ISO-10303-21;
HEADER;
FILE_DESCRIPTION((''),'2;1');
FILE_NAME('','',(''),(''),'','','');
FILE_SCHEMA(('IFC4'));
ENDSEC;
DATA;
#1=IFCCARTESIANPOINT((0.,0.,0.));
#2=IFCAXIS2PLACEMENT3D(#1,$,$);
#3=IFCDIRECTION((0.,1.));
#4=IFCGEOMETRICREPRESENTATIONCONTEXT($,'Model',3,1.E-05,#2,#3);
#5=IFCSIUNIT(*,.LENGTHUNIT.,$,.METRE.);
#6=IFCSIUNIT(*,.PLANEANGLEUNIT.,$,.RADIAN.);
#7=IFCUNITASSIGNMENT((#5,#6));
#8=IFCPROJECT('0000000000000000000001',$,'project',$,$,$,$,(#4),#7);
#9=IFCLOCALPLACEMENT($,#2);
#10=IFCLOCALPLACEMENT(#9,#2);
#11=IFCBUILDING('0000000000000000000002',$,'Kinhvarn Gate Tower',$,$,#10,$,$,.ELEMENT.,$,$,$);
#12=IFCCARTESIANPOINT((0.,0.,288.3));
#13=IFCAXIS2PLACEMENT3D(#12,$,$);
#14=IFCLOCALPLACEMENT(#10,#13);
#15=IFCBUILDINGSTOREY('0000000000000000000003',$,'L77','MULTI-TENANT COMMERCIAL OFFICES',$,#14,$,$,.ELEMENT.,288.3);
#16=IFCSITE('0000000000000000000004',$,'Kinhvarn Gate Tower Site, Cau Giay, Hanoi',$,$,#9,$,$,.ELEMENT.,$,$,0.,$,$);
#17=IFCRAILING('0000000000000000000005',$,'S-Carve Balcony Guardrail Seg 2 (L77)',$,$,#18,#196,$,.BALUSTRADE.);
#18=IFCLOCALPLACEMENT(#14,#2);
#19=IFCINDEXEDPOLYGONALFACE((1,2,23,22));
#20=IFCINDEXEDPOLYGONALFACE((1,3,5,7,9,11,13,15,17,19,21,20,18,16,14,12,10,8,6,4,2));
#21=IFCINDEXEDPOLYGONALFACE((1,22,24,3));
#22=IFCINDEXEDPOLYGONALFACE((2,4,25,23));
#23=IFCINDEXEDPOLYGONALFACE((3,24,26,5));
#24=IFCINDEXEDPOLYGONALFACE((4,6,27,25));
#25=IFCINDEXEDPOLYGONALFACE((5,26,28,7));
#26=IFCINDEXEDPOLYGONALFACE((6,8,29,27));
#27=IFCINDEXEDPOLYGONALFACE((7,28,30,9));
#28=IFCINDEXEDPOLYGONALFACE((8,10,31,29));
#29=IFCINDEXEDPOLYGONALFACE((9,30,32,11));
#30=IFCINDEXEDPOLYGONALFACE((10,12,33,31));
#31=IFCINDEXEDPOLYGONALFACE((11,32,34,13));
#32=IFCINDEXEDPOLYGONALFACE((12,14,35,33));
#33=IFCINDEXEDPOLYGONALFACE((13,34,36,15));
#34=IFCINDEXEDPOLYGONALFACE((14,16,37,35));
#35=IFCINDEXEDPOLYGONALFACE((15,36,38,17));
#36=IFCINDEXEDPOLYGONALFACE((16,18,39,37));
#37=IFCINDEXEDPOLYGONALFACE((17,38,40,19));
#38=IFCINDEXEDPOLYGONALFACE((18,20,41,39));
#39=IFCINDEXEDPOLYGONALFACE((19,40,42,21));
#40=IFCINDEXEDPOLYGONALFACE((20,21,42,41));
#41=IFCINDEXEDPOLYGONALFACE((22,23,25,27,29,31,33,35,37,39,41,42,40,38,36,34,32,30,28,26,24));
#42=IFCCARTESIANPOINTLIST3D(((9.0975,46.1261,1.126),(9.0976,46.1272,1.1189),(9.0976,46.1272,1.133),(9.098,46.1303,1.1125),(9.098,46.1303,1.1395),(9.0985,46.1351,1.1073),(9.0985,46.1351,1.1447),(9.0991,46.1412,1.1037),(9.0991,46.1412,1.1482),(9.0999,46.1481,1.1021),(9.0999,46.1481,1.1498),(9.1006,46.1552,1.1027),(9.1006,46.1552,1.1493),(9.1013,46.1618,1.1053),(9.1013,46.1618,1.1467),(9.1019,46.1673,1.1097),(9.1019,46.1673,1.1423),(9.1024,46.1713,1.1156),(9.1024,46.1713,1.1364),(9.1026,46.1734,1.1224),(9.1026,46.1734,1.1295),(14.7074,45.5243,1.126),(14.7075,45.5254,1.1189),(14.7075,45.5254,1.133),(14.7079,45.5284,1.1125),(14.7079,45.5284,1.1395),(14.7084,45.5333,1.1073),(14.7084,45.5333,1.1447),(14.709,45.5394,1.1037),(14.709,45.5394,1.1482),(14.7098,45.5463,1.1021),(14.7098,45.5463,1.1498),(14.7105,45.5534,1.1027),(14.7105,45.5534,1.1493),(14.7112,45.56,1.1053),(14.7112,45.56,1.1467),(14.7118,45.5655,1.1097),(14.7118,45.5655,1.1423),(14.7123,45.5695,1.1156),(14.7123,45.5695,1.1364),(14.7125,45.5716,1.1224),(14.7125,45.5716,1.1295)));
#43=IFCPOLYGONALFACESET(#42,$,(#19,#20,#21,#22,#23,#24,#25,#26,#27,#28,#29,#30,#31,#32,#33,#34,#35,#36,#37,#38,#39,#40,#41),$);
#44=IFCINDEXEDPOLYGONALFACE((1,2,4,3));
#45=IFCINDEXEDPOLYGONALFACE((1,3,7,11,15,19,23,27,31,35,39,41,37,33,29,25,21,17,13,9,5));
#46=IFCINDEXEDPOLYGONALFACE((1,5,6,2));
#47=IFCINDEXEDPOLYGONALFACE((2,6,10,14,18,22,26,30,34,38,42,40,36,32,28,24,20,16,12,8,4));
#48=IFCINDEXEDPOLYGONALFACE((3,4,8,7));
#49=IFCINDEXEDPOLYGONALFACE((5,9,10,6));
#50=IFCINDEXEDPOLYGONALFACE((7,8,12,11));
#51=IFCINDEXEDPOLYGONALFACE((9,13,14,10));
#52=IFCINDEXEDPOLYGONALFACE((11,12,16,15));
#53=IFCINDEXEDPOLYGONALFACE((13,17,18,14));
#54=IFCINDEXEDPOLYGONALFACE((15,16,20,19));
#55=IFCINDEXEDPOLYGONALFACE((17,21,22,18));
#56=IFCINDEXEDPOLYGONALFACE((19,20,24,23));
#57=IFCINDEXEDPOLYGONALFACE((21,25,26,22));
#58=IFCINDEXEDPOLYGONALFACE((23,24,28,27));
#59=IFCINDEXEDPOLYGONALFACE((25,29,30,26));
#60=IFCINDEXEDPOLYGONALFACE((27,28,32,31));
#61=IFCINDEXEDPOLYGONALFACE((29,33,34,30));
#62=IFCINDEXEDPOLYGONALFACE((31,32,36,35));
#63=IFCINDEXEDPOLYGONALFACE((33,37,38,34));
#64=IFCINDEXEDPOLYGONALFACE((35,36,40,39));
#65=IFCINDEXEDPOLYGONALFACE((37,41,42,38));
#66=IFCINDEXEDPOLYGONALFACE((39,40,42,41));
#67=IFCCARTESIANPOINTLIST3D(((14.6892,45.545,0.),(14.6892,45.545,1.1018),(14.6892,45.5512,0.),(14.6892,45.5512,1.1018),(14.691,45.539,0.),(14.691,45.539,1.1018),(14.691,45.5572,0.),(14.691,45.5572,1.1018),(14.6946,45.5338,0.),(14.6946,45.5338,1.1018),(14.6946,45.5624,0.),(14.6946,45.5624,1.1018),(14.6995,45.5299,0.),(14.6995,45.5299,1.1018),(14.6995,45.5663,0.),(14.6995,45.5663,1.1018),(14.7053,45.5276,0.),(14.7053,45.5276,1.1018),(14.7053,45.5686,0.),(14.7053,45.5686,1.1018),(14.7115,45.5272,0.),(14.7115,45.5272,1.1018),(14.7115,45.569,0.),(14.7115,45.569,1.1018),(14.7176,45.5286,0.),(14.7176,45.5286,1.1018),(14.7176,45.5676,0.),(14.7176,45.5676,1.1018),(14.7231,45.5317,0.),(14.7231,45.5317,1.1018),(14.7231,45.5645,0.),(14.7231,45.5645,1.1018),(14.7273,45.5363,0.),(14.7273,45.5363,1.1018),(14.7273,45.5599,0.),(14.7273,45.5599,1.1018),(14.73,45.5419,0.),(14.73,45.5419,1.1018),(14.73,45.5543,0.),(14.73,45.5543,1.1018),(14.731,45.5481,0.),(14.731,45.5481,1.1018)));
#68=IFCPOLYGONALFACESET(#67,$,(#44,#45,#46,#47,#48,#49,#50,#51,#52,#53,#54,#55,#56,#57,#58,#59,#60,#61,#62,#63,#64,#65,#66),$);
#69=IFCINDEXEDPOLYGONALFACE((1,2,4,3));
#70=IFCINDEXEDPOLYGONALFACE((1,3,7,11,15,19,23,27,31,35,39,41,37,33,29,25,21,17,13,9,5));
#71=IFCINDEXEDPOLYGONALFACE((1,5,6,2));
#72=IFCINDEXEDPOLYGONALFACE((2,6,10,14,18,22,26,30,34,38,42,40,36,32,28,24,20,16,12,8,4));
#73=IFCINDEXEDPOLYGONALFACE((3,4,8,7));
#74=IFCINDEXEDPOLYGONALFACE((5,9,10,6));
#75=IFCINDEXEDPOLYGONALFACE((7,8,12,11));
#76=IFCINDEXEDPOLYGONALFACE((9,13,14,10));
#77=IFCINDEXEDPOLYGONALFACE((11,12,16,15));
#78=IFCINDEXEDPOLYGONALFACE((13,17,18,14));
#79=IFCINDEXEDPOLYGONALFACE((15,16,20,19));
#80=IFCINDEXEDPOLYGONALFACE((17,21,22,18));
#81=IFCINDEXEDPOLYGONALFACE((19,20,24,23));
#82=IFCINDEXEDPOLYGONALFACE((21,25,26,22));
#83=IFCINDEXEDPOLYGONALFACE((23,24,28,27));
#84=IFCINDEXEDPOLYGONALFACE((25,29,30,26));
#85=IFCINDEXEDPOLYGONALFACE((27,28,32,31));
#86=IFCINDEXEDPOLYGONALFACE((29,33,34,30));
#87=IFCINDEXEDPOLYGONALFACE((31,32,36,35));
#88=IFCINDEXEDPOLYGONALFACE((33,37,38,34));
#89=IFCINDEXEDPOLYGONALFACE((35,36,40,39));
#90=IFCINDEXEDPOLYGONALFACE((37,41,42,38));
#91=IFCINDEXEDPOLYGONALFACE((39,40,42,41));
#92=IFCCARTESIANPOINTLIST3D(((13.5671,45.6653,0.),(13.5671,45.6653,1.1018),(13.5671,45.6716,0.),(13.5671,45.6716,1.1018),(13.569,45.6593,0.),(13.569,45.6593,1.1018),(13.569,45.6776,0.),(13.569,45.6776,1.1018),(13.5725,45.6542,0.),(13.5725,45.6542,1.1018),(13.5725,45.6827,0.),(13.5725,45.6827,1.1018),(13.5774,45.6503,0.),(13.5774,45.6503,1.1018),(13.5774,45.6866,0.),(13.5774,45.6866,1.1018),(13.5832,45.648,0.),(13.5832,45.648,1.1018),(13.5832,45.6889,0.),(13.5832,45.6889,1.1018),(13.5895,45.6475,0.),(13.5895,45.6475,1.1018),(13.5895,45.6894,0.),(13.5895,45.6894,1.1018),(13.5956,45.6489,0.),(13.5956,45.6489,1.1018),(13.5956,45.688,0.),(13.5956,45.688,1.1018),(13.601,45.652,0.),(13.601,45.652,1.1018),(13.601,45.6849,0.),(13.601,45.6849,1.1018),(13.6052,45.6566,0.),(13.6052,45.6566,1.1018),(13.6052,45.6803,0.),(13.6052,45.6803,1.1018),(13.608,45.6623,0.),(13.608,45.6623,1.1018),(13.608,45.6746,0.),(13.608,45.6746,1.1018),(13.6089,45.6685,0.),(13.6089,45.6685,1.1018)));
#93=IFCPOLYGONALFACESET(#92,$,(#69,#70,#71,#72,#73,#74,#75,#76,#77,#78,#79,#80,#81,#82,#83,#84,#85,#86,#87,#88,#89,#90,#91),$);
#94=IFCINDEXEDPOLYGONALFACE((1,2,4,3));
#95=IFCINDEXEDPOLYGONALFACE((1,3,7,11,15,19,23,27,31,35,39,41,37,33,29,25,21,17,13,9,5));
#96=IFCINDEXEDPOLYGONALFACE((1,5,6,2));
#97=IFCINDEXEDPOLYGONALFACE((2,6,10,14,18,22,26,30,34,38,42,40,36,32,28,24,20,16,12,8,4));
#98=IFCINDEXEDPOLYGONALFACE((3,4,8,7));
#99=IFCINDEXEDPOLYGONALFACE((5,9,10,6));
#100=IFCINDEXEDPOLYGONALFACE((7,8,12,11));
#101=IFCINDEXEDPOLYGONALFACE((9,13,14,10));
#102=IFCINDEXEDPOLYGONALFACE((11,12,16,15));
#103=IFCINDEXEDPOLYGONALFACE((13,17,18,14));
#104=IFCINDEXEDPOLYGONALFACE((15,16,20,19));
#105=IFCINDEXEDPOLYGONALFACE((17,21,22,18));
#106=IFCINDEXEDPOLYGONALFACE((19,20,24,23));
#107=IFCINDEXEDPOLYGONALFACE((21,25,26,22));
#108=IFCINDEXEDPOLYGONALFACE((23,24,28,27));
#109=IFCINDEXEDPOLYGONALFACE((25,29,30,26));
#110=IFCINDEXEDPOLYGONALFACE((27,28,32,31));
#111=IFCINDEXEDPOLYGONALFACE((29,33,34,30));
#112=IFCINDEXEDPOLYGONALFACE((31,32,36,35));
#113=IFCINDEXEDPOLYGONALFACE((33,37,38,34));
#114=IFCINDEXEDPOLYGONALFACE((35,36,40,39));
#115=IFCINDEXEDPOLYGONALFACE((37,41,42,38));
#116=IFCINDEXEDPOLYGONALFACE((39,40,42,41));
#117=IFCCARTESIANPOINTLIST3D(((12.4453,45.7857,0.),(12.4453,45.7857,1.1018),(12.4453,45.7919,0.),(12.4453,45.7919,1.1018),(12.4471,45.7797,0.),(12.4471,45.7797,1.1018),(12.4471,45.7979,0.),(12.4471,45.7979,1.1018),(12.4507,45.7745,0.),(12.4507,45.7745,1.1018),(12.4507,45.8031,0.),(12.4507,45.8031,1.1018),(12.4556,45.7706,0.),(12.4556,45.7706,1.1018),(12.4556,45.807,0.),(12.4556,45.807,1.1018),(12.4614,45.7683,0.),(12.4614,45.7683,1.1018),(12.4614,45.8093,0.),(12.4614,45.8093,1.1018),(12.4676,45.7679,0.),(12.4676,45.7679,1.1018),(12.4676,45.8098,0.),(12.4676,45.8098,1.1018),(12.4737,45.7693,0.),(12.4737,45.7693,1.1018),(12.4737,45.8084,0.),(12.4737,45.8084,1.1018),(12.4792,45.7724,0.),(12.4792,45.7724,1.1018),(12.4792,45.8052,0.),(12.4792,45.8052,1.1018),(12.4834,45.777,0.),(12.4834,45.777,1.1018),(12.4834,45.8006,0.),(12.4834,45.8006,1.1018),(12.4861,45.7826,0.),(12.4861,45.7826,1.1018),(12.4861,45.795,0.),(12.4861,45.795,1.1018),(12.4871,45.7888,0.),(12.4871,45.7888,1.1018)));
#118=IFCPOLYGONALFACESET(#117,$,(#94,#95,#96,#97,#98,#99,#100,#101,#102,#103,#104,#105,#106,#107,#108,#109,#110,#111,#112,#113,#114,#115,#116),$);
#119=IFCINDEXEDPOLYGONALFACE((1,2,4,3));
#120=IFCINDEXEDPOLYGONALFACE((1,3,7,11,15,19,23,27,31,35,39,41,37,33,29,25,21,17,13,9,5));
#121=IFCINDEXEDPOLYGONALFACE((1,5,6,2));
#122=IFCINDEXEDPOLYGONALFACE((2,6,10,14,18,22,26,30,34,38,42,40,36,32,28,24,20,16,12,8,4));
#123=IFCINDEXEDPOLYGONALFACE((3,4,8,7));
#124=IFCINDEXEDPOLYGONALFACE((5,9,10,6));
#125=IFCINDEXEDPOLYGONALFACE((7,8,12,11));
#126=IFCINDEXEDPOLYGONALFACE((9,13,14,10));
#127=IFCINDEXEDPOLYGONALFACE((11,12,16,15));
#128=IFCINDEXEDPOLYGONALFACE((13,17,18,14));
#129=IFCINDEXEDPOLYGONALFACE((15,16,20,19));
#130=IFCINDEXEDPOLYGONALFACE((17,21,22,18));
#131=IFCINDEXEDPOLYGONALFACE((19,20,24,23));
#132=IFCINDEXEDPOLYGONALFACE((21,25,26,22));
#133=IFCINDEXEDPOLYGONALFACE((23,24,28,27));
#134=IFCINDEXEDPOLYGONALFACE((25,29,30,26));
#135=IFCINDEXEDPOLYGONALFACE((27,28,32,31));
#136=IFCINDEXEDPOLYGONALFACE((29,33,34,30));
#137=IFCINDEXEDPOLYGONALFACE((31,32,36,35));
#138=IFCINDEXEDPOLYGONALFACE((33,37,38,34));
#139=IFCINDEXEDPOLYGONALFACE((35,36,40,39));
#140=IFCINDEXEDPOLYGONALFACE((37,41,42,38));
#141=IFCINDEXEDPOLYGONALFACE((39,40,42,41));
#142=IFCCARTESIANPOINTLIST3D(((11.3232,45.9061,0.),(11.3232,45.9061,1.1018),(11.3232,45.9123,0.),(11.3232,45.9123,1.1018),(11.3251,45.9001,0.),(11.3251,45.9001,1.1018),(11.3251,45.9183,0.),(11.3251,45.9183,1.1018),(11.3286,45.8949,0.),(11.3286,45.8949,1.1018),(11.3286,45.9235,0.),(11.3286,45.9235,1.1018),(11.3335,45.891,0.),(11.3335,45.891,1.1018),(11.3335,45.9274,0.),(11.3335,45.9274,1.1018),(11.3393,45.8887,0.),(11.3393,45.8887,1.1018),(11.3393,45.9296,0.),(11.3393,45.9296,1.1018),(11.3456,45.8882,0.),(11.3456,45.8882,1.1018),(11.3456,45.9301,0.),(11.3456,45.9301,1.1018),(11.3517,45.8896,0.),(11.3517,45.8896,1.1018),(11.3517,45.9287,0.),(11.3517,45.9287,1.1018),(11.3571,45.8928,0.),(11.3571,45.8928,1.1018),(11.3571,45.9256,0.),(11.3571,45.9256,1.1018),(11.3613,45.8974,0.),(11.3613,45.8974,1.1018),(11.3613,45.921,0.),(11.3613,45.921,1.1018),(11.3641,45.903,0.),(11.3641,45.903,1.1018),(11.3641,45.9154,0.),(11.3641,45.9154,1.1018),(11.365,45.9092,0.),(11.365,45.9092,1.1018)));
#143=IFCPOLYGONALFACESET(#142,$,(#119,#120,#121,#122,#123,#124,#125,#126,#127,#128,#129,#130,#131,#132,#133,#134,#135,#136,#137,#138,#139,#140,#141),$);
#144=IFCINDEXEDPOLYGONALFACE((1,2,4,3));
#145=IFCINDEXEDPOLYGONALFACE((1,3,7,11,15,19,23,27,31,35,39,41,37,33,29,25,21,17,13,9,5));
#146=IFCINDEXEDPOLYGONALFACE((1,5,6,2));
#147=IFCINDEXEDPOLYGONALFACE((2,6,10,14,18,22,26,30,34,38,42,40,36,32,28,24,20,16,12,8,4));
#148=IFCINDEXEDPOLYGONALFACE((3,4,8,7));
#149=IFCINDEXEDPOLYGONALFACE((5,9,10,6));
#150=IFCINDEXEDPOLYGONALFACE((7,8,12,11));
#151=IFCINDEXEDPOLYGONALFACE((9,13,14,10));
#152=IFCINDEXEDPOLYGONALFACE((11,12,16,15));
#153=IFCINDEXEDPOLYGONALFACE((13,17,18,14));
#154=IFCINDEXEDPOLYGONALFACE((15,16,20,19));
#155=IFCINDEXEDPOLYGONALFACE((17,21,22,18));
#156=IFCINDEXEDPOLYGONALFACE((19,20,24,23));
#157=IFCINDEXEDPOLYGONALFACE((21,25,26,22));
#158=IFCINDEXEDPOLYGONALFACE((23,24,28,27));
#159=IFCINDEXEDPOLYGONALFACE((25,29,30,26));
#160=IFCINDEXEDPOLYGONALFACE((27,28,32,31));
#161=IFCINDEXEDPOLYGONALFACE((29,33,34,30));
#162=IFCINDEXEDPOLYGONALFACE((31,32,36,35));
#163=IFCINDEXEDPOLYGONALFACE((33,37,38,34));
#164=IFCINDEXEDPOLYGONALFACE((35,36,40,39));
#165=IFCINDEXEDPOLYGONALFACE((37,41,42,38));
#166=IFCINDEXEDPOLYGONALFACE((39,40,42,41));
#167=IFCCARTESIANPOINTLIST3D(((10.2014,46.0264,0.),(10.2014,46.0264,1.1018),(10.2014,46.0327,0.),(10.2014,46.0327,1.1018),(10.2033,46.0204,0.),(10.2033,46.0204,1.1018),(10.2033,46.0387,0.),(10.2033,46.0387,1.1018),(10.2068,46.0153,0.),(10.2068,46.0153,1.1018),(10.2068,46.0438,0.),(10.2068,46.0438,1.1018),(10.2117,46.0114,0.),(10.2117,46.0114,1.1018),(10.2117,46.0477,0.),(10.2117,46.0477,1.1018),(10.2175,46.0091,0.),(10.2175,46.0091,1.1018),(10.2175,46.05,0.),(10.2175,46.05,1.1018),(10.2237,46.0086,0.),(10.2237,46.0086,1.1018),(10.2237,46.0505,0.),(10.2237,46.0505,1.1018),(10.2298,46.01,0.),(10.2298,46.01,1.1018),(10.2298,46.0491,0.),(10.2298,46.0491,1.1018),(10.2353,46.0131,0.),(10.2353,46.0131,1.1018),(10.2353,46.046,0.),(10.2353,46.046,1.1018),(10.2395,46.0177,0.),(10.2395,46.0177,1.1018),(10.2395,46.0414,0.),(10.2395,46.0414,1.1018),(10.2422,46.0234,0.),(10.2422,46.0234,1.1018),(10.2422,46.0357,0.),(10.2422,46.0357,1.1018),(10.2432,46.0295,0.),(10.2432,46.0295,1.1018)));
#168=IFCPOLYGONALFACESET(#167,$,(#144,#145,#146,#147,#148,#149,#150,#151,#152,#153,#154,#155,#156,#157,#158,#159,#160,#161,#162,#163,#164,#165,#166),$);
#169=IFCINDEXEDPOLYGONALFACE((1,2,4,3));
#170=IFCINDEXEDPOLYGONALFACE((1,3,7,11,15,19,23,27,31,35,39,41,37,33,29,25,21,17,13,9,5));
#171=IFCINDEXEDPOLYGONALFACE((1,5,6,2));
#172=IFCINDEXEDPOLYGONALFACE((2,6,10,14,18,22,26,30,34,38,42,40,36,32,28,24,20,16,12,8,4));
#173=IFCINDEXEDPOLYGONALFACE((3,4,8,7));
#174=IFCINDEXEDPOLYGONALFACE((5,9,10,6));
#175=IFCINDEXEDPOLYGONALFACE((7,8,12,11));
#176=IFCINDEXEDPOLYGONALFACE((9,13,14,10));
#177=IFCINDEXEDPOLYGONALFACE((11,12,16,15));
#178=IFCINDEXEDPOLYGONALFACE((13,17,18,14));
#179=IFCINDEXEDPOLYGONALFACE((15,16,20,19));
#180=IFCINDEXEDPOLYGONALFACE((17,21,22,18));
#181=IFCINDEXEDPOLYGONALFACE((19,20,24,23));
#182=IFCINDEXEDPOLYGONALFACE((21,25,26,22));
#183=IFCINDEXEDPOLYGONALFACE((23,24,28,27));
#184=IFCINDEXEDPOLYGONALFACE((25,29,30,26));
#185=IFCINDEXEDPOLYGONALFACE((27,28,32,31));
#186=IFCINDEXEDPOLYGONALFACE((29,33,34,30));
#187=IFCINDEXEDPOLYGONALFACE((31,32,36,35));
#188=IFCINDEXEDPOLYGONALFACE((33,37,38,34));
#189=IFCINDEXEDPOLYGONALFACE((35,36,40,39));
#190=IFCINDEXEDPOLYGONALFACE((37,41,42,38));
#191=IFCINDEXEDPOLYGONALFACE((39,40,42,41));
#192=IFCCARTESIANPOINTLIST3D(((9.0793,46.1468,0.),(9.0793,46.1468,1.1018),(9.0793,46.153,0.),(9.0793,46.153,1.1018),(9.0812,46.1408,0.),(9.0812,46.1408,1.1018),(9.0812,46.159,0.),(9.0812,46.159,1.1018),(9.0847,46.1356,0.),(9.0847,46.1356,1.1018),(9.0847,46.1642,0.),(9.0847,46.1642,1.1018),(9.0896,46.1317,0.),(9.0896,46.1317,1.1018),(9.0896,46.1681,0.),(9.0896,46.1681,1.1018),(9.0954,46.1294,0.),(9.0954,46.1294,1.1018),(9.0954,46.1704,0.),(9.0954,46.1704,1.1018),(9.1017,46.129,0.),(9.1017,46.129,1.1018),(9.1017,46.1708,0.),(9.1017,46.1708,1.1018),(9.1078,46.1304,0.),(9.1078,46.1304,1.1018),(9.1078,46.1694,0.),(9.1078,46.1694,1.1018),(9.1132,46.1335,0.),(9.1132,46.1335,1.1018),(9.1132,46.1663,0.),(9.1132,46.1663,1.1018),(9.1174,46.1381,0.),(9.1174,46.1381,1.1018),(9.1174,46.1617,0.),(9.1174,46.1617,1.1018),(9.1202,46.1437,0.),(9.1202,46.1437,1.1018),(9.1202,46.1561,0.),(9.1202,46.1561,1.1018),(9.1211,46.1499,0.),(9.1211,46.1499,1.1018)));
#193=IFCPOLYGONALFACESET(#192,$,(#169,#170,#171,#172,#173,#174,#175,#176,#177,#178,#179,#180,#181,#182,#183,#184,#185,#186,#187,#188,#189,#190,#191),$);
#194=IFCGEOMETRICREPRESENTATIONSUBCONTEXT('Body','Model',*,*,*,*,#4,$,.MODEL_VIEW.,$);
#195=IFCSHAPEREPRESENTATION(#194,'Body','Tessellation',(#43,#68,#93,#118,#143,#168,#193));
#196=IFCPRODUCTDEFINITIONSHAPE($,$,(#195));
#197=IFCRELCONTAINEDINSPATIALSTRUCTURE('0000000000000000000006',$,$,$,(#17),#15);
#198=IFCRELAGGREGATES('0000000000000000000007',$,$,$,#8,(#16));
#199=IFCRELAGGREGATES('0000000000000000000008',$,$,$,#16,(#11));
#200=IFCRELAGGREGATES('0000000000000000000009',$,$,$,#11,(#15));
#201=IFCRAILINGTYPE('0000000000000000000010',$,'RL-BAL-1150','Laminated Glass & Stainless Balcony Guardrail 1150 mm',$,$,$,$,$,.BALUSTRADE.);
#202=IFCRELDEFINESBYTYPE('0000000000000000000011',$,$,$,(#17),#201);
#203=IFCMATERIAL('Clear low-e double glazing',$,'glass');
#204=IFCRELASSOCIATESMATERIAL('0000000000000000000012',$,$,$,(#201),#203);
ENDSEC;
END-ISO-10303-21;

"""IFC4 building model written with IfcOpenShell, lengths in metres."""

from ifc_helpers import new_model, si_unit, direction, frame, origin, origin_2d, place, context, subcontext, project, spatial, circle, extrude, material, type_object, element, save


model = new_model("IFC4")

# Units and contexts
model_context = context("Model", 3, precision=1e-05, world=origin(), true_north=direction((0.0, 1.0)))
body_context = subcontext(model_context, "Body", "Model", "MODEL_VIEW")
ifc_project = project(units=[si_unit("LENGTHUNIT", "METRE"), si_unit("PLANEANGLEUNIT", "RADIAN")], contexts=[model_context])

# Site, building, storey
site_placement = place(None, origin())
site = spatial("IfcSite", under=ifc_project, at=site_placement, Name="Kinhvarn Gate Tower Site, Cau Giay, Hanoi", CompositionType="ELEMENT", RefElevation=0.0)
building_placement = place(site_placement, origin())
building = spatial("IfcBuilding", under=site, at=building_placement, Name="Kinhvarn Gate Tower", CompositionType="ELEMENT")
storey_placement = place(building_placement, frame((0.0, 0.0, 288.3)))
storey = spatial("IfcBuildingStorey", under=building, at=storey_placement, Name="L77", Description="MULTI-TENANT COMMERCIAL OFFICES", CompositionType="ELEMENT", Elevation=288.3)

# Shared definitions
ifc_material_1 = material(Name="Clear low-e double glazing", Category="glass")

# Railing
railing_type_1 = type_object("IfcRailingType", Name="RL-BAL-1150", Description="Laminated Glass & Stainless Balcony Guardrail 1150 mm", PredefinedType="BALUSTRADE", material=ifc_material_1)
railing_1_placement = place(storey_placement, frame((14.71, 45.5481, 0.0)))
element("IfcRailing", 1, at=railing_1_placement, inside=storey, type_object=railing_type_1, Name="S-Carve Balcony Guardrail Seg 2 (L77)", PredefinedType="BALUSTRADE", context=body_context, shape_type="SweptSolid", body=[
    extrude(circle(Radius=0.0239, at=origin_2d()), frame((0.0, 0.0, 1.126), z_axis=(-0.994295, 0.106665, 0.0), x_axis=(-0.106665, -0.994295, 0.0)), (0.0, 0.0, 1.0), 5.6421),
    extrude(circle(Radius=0.021, at=origin_2d()), origin(), (0.0, 0.0, 1.0), 1.1018),
    extrude(circle(Radius=0.021, at=origin_2d()), frame((-1.1221, 0.1204, 0.0)), (0.0, 0.0, 1.0), 1.1018),
    extrude(circle(Radius=0.021, at=origin_2d()), frame((-2.2439, 0.2407, 0.0)), (0.0, 0.0, 1.0), 1.1018),
    extrude(circle(Radius=0.021, at=origin_2d()), frame((-3.366, 0.3611, 0.0)), (0.0, 0.0, 1.0), 1.1018),
    extrude(circle(Radius=0.021, at=origin_2d()), frame((-4.4878, 0.4814, 0.0)), (0.0, 0.0, 1.0), 1.1018),
    extrude(circle(Radius=0.021, at=origin_2d()), frame((-5.6099, 0.6018, 0.0)), (0.0, 0.0, 1.0), 1.1018),
])

save(model, "model.ifc")
